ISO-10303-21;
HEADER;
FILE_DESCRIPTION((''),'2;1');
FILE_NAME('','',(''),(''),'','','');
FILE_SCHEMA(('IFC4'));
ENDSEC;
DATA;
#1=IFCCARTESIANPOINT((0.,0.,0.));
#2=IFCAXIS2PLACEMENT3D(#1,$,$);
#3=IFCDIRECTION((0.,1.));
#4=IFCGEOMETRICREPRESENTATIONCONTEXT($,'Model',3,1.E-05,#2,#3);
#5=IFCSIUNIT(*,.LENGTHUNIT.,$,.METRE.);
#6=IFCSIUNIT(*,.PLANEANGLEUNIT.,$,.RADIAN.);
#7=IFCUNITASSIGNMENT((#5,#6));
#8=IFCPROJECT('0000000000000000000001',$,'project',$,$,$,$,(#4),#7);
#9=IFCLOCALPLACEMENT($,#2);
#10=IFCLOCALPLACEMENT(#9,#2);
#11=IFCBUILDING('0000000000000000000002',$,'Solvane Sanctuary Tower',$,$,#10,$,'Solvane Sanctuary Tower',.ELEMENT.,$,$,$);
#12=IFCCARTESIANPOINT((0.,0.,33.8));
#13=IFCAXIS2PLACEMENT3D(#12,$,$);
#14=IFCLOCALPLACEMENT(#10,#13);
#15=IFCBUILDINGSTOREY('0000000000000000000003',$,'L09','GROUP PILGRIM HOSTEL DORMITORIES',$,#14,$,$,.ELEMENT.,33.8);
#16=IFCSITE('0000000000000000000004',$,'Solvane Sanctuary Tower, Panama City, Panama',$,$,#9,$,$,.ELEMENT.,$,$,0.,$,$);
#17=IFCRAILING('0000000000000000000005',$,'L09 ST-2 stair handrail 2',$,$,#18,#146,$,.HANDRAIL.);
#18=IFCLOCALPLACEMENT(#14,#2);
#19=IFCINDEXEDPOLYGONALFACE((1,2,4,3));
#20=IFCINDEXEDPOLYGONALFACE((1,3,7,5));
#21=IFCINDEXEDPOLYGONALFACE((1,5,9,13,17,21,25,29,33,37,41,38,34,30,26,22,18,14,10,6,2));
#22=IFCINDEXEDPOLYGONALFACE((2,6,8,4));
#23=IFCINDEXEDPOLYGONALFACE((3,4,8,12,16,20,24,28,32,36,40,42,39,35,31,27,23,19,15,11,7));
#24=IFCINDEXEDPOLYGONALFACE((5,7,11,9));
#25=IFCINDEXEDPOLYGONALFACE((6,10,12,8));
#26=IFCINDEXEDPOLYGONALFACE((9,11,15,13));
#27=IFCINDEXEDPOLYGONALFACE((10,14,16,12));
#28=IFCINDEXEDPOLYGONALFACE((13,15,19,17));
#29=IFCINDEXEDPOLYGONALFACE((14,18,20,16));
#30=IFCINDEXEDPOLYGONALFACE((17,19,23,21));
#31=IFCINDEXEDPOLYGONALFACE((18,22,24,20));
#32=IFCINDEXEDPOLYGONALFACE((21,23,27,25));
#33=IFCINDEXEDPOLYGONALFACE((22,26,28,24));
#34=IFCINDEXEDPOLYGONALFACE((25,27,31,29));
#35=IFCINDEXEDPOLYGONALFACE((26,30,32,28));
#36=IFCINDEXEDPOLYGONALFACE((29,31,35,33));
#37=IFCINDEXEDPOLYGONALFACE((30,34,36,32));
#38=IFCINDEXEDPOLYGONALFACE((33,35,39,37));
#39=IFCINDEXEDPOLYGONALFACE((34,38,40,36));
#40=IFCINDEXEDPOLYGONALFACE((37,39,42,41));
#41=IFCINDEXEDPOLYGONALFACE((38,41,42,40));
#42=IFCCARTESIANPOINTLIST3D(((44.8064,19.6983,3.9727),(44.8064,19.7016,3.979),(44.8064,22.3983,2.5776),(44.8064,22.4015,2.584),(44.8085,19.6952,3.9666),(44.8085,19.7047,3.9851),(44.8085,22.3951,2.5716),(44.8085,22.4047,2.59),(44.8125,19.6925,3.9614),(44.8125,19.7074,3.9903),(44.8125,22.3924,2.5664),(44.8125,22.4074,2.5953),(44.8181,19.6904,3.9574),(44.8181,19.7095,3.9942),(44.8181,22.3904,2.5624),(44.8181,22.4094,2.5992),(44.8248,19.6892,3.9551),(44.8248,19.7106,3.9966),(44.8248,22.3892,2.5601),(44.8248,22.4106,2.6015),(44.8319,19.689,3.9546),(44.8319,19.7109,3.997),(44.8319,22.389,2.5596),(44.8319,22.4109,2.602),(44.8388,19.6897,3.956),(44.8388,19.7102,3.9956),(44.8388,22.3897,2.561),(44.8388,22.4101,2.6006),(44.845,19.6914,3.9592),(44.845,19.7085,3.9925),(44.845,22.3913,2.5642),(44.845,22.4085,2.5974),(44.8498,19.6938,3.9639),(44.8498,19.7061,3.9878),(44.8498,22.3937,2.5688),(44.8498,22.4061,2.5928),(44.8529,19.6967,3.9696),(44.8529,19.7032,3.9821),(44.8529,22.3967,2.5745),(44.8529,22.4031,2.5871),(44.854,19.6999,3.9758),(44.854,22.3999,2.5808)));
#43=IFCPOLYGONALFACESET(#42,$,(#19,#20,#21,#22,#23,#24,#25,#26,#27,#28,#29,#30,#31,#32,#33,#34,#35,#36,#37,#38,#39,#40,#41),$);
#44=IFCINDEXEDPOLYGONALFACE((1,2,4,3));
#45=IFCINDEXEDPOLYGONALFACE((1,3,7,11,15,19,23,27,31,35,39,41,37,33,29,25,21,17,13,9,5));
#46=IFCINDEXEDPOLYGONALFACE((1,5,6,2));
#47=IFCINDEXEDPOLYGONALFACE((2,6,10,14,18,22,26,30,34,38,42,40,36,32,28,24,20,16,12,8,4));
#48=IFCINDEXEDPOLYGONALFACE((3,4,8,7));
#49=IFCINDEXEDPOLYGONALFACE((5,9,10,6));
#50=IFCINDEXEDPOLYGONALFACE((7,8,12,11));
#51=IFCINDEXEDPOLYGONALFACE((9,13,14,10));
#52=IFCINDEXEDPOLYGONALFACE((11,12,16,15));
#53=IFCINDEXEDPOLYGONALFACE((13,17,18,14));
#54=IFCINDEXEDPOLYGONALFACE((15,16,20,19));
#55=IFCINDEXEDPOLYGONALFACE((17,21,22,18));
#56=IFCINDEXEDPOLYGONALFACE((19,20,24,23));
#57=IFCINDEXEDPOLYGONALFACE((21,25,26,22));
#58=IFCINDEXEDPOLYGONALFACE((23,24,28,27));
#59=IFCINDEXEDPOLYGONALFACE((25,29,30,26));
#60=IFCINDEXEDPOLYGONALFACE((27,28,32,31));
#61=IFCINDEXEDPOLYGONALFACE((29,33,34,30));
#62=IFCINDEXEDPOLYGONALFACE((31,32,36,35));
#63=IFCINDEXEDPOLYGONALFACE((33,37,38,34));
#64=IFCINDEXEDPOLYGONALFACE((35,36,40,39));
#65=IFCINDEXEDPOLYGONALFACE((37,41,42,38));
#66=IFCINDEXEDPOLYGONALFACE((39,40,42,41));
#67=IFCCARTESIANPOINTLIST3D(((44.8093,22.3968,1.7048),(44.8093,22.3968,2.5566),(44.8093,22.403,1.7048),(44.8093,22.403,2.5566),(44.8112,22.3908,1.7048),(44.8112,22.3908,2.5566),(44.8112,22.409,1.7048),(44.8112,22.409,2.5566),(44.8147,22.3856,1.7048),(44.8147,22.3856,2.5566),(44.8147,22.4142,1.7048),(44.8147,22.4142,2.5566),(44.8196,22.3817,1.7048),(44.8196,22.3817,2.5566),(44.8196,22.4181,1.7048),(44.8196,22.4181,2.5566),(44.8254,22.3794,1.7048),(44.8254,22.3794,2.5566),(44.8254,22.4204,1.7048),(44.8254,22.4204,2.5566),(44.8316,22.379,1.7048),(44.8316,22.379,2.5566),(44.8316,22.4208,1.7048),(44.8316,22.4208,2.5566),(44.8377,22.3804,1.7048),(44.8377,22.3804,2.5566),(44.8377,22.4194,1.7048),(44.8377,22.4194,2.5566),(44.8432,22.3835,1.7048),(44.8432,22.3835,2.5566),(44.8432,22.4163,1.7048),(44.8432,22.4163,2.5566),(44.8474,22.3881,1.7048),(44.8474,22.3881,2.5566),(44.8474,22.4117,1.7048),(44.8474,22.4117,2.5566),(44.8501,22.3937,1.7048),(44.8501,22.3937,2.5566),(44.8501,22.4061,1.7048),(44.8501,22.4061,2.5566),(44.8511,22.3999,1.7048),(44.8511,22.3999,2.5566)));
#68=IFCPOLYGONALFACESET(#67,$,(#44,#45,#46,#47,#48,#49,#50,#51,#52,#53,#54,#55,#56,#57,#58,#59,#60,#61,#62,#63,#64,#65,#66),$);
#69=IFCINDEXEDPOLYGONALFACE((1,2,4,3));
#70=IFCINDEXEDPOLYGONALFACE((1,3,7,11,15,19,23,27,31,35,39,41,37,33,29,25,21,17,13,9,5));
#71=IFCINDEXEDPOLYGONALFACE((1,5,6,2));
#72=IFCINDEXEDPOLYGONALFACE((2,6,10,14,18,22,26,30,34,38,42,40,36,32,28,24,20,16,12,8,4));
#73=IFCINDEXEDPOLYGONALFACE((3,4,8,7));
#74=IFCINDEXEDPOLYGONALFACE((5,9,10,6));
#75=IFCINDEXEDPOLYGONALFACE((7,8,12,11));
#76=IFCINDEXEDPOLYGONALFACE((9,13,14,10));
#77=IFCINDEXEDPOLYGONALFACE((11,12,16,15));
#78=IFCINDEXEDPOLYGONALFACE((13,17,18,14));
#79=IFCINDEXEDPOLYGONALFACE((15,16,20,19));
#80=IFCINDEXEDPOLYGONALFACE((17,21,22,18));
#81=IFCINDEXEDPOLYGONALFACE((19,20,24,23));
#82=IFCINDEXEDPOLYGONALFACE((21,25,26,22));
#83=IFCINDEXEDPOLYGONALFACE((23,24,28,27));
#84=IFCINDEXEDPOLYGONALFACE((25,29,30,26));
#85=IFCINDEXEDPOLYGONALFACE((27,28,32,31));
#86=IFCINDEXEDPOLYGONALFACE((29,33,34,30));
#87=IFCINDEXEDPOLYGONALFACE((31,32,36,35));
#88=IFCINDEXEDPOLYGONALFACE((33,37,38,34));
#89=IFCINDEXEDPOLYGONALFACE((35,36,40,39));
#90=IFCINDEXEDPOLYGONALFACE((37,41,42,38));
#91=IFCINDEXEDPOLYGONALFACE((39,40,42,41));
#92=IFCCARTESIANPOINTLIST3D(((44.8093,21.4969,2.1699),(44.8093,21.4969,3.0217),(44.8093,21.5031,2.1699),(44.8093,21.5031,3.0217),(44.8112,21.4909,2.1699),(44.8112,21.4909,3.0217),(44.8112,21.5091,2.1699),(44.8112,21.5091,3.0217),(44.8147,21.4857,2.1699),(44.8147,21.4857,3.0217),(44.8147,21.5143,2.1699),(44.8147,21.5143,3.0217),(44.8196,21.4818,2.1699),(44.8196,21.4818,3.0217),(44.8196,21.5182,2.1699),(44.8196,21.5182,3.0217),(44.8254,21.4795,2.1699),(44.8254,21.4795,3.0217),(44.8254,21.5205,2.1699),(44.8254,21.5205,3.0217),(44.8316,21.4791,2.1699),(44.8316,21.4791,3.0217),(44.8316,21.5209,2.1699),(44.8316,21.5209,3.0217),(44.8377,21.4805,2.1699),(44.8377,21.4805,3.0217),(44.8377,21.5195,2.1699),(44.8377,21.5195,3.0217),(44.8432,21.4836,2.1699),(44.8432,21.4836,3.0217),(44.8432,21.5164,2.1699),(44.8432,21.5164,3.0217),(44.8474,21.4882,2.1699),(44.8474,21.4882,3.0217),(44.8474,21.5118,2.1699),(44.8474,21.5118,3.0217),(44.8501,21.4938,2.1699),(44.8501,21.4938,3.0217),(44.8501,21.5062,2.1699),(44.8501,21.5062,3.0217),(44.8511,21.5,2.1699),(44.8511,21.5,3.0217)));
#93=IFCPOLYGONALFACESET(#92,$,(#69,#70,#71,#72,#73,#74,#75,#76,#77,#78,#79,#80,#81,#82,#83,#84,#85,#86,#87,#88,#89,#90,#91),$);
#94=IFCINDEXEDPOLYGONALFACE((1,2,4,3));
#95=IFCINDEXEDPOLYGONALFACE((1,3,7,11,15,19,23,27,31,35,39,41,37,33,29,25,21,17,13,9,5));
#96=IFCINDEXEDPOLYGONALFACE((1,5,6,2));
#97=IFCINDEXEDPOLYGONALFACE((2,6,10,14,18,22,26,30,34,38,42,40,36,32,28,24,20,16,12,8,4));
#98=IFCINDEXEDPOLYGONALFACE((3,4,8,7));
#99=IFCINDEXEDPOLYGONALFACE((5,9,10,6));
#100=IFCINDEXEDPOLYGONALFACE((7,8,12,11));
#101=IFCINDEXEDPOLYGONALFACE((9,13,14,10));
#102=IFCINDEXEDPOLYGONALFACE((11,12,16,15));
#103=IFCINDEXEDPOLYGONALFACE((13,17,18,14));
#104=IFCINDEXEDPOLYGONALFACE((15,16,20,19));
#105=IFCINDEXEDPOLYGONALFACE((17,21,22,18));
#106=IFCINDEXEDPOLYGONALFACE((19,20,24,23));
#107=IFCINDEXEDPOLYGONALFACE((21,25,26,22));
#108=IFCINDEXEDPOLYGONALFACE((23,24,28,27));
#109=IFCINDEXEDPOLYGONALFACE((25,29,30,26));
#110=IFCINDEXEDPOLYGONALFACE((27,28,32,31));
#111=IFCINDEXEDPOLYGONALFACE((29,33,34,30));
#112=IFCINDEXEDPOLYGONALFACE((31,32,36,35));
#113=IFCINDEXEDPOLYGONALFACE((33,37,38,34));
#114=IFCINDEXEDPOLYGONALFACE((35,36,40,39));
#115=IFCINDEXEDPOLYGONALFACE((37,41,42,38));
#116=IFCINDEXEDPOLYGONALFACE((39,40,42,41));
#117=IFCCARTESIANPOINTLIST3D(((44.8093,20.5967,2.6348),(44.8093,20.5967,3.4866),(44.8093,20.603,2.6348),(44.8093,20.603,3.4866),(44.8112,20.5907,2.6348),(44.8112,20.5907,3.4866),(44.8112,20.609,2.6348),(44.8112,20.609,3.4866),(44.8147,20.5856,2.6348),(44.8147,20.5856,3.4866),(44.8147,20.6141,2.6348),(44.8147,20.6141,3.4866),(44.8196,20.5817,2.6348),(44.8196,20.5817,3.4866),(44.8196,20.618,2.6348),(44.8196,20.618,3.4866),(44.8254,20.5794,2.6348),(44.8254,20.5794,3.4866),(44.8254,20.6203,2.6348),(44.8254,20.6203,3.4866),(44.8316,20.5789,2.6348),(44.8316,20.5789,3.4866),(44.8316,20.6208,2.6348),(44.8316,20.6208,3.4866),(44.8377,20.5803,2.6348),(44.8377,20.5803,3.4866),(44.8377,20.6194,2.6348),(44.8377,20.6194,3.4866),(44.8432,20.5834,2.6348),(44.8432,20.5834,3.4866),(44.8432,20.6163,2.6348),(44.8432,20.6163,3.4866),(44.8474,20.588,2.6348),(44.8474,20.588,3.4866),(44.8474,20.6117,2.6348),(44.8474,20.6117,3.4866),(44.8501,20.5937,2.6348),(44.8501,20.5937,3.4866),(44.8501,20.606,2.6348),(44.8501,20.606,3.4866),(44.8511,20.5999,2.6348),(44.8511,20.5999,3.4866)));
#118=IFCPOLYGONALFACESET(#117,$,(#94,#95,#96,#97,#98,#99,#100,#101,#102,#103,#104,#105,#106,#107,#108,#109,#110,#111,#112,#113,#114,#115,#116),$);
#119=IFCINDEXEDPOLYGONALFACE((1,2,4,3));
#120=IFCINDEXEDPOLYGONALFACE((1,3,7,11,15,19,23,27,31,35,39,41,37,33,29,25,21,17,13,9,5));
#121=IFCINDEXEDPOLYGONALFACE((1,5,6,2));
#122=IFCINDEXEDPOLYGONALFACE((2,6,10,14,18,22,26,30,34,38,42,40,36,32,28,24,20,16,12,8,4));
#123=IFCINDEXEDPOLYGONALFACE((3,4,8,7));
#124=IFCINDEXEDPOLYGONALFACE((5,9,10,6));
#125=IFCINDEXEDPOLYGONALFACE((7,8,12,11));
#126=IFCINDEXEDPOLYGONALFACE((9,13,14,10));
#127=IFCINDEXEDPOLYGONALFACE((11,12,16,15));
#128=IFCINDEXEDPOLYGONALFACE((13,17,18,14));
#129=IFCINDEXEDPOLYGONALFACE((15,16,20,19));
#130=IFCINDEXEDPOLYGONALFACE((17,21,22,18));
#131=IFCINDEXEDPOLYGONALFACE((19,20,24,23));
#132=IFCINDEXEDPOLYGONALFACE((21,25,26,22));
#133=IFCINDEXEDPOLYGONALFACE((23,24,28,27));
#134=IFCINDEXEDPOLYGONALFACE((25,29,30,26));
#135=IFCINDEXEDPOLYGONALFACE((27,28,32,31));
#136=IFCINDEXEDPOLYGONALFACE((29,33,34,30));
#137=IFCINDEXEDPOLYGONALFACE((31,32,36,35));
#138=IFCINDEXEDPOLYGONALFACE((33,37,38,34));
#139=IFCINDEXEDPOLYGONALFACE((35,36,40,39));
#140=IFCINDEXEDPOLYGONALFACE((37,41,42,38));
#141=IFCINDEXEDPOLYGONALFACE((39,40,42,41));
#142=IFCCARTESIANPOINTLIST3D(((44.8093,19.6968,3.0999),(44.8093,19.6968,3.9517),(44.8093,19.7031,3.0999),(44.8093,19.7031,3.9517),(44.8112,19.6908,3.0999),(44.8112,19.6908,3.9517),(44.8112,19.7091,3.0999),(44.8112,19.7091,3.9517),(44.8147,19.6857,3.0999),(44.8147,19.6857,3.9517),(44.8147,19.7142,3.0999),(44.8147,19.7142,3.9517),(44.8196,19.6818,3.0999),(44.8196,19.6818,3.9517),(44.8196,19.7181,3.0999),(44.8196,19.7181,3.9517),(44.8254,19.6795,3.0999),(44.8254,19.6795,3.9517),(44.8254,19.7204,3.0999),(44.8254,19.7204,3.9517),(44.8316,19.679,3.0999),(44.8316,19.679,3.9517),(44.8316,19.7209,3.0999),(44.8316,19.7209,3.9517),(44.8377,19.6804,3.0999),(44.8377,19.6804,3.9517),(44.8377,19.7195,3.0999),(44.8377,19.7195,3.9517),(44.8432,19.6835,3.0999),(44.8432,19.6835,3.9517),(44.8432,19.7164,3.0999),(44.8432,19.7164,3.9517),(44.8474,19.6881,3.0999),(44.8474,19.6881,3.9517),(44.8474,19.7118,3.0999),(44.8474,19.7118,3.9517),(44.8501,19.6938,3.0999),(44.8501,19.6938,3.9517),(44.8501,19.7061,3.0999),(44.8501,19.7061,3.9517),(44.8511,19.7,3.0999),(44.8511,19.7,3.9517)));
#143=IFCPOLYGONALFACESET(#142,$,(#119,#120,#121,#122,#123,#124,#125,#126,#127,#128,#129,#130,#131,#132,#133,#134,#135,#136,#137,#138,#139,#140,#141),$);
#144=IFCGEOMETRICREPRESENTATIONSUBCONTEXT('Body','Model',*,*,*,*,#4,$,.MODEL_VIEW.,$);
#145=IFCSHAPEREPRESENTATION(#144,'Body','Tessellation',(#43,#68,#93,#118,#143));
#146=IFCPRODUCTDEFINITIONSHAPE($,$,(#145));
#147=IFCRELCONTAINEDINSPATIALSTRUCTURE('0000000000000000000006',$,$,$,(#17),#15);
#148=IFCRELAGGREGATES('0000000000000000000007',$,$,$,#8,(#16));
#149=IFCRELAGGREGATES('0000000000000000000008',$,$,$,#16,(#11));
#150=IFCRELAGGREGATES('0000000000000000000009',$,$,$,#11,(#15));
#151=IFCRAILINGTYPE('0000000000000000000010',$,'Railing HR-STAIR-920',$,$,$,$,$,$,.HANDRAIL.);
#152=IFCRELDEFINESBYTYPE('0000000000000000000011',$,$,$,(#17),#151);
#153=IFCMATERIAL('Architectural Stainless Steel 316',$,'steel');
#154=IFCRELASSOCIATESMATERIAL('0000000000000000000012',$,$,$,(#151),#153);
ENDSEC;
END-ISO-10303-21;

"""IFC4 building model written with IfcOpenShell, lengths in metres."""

from ifc_helpers import new_model, si_unit, direction, frame, origin, origin_2d, place, context, subcontext, project, spatial, circle, extrude, material, type_object, element, save


model = new_model("IFC4")

# Units and contexts
model_context = context("Model", 3, precision=1e-05, world=origin(), true_north=direction((0.0, 1.0)))
body_context = subcontext(model_context, "Body", "Model", "MODEL_VIEW")
ifc_project = project(units=[si_unit("LENGTHUNIT", "METRE"), si_unit("PLANEANGLEUNIT", "RADIAN")], contexts=[model_context])

# Site, building, storey
site_placement = place(None, origin())
site = spatial("IfcSite", under=ifc_project, at=site_placement, Name="Solvane Sanctuary Tower, Panama City, Panama", CompositionType="ELEMENT", RefElevation=0.0)
building_placement = place(site_placement, origin())
building = spatial("IfcBuilding", under=site, at=building_placement, Name="Solvane Sanctuary Tower", LongName="Solvane Sanctuary Tower", CompositionType="ELEMENT")
storey_placement = place(building_placement, frame((0.0, 0.0, 33.8)))
storey = spatial("IfcBuildingStorey", under=building, at=storey_placement, Name="L09", Description="GROUP PILGRIM HOSTEL DORMITORIES", CompositionType="ELEMENT", Elevation=33.8)

# Shared definitions
ifc_material_1 = material(Name="Architectural Stainless Steel 316", Category="steel")

# Railing
railing_type_1 = type_object("IfcRailingType", Name="Railing HR-STAIR-920", PredefinedType="HANDRAIL", material=ifc_material_1)
railing_1_placement = place(storey_placement, frame((44.8301, 22.3999, 1.7048)))
element("IfcRailing", 1, at=railing_1_placement, inside=storey, type_object=railing_type_1, Name="L09 ST-2 stair handrail 2", PredefinedType="HANDRAIL", context=body_context, shape_type="SweptSolid", body=[
    extrude(circle(Radius=0.0239, at=origin_2d()), frame((0.0, 0.0, 0.876), z_axis=(0.0, -0.88842, 0.459032), x_axis=(1.0, 0.0, 0.0)), (0.0, 0.0, 1.0), 3.0391),
    extrude(circle(Radius=0.021, at=origin_2d()), origin(), (0.0, 0.0, 1.0), 0.8518),
    extrude(circle(Radius=0.021, at=origin_2d()), frame((0.0, -0.8999, 0.4651)), (0.0, 0.0, 1.0), 0.8518),
    extrude(circle(Radius=0.021, at=origin_2d()), frame((0.0, -1.8, 0.9299)), (0.0, 0.0, 1.0), 0.8518),
    extrude(circle(Radius=0.021, at=origin_2d()), frame((0.0, -2.7, 1.395)), (0.0, 0.0, 1.0), 0.8518),
])

save(model, "model.ifc")
